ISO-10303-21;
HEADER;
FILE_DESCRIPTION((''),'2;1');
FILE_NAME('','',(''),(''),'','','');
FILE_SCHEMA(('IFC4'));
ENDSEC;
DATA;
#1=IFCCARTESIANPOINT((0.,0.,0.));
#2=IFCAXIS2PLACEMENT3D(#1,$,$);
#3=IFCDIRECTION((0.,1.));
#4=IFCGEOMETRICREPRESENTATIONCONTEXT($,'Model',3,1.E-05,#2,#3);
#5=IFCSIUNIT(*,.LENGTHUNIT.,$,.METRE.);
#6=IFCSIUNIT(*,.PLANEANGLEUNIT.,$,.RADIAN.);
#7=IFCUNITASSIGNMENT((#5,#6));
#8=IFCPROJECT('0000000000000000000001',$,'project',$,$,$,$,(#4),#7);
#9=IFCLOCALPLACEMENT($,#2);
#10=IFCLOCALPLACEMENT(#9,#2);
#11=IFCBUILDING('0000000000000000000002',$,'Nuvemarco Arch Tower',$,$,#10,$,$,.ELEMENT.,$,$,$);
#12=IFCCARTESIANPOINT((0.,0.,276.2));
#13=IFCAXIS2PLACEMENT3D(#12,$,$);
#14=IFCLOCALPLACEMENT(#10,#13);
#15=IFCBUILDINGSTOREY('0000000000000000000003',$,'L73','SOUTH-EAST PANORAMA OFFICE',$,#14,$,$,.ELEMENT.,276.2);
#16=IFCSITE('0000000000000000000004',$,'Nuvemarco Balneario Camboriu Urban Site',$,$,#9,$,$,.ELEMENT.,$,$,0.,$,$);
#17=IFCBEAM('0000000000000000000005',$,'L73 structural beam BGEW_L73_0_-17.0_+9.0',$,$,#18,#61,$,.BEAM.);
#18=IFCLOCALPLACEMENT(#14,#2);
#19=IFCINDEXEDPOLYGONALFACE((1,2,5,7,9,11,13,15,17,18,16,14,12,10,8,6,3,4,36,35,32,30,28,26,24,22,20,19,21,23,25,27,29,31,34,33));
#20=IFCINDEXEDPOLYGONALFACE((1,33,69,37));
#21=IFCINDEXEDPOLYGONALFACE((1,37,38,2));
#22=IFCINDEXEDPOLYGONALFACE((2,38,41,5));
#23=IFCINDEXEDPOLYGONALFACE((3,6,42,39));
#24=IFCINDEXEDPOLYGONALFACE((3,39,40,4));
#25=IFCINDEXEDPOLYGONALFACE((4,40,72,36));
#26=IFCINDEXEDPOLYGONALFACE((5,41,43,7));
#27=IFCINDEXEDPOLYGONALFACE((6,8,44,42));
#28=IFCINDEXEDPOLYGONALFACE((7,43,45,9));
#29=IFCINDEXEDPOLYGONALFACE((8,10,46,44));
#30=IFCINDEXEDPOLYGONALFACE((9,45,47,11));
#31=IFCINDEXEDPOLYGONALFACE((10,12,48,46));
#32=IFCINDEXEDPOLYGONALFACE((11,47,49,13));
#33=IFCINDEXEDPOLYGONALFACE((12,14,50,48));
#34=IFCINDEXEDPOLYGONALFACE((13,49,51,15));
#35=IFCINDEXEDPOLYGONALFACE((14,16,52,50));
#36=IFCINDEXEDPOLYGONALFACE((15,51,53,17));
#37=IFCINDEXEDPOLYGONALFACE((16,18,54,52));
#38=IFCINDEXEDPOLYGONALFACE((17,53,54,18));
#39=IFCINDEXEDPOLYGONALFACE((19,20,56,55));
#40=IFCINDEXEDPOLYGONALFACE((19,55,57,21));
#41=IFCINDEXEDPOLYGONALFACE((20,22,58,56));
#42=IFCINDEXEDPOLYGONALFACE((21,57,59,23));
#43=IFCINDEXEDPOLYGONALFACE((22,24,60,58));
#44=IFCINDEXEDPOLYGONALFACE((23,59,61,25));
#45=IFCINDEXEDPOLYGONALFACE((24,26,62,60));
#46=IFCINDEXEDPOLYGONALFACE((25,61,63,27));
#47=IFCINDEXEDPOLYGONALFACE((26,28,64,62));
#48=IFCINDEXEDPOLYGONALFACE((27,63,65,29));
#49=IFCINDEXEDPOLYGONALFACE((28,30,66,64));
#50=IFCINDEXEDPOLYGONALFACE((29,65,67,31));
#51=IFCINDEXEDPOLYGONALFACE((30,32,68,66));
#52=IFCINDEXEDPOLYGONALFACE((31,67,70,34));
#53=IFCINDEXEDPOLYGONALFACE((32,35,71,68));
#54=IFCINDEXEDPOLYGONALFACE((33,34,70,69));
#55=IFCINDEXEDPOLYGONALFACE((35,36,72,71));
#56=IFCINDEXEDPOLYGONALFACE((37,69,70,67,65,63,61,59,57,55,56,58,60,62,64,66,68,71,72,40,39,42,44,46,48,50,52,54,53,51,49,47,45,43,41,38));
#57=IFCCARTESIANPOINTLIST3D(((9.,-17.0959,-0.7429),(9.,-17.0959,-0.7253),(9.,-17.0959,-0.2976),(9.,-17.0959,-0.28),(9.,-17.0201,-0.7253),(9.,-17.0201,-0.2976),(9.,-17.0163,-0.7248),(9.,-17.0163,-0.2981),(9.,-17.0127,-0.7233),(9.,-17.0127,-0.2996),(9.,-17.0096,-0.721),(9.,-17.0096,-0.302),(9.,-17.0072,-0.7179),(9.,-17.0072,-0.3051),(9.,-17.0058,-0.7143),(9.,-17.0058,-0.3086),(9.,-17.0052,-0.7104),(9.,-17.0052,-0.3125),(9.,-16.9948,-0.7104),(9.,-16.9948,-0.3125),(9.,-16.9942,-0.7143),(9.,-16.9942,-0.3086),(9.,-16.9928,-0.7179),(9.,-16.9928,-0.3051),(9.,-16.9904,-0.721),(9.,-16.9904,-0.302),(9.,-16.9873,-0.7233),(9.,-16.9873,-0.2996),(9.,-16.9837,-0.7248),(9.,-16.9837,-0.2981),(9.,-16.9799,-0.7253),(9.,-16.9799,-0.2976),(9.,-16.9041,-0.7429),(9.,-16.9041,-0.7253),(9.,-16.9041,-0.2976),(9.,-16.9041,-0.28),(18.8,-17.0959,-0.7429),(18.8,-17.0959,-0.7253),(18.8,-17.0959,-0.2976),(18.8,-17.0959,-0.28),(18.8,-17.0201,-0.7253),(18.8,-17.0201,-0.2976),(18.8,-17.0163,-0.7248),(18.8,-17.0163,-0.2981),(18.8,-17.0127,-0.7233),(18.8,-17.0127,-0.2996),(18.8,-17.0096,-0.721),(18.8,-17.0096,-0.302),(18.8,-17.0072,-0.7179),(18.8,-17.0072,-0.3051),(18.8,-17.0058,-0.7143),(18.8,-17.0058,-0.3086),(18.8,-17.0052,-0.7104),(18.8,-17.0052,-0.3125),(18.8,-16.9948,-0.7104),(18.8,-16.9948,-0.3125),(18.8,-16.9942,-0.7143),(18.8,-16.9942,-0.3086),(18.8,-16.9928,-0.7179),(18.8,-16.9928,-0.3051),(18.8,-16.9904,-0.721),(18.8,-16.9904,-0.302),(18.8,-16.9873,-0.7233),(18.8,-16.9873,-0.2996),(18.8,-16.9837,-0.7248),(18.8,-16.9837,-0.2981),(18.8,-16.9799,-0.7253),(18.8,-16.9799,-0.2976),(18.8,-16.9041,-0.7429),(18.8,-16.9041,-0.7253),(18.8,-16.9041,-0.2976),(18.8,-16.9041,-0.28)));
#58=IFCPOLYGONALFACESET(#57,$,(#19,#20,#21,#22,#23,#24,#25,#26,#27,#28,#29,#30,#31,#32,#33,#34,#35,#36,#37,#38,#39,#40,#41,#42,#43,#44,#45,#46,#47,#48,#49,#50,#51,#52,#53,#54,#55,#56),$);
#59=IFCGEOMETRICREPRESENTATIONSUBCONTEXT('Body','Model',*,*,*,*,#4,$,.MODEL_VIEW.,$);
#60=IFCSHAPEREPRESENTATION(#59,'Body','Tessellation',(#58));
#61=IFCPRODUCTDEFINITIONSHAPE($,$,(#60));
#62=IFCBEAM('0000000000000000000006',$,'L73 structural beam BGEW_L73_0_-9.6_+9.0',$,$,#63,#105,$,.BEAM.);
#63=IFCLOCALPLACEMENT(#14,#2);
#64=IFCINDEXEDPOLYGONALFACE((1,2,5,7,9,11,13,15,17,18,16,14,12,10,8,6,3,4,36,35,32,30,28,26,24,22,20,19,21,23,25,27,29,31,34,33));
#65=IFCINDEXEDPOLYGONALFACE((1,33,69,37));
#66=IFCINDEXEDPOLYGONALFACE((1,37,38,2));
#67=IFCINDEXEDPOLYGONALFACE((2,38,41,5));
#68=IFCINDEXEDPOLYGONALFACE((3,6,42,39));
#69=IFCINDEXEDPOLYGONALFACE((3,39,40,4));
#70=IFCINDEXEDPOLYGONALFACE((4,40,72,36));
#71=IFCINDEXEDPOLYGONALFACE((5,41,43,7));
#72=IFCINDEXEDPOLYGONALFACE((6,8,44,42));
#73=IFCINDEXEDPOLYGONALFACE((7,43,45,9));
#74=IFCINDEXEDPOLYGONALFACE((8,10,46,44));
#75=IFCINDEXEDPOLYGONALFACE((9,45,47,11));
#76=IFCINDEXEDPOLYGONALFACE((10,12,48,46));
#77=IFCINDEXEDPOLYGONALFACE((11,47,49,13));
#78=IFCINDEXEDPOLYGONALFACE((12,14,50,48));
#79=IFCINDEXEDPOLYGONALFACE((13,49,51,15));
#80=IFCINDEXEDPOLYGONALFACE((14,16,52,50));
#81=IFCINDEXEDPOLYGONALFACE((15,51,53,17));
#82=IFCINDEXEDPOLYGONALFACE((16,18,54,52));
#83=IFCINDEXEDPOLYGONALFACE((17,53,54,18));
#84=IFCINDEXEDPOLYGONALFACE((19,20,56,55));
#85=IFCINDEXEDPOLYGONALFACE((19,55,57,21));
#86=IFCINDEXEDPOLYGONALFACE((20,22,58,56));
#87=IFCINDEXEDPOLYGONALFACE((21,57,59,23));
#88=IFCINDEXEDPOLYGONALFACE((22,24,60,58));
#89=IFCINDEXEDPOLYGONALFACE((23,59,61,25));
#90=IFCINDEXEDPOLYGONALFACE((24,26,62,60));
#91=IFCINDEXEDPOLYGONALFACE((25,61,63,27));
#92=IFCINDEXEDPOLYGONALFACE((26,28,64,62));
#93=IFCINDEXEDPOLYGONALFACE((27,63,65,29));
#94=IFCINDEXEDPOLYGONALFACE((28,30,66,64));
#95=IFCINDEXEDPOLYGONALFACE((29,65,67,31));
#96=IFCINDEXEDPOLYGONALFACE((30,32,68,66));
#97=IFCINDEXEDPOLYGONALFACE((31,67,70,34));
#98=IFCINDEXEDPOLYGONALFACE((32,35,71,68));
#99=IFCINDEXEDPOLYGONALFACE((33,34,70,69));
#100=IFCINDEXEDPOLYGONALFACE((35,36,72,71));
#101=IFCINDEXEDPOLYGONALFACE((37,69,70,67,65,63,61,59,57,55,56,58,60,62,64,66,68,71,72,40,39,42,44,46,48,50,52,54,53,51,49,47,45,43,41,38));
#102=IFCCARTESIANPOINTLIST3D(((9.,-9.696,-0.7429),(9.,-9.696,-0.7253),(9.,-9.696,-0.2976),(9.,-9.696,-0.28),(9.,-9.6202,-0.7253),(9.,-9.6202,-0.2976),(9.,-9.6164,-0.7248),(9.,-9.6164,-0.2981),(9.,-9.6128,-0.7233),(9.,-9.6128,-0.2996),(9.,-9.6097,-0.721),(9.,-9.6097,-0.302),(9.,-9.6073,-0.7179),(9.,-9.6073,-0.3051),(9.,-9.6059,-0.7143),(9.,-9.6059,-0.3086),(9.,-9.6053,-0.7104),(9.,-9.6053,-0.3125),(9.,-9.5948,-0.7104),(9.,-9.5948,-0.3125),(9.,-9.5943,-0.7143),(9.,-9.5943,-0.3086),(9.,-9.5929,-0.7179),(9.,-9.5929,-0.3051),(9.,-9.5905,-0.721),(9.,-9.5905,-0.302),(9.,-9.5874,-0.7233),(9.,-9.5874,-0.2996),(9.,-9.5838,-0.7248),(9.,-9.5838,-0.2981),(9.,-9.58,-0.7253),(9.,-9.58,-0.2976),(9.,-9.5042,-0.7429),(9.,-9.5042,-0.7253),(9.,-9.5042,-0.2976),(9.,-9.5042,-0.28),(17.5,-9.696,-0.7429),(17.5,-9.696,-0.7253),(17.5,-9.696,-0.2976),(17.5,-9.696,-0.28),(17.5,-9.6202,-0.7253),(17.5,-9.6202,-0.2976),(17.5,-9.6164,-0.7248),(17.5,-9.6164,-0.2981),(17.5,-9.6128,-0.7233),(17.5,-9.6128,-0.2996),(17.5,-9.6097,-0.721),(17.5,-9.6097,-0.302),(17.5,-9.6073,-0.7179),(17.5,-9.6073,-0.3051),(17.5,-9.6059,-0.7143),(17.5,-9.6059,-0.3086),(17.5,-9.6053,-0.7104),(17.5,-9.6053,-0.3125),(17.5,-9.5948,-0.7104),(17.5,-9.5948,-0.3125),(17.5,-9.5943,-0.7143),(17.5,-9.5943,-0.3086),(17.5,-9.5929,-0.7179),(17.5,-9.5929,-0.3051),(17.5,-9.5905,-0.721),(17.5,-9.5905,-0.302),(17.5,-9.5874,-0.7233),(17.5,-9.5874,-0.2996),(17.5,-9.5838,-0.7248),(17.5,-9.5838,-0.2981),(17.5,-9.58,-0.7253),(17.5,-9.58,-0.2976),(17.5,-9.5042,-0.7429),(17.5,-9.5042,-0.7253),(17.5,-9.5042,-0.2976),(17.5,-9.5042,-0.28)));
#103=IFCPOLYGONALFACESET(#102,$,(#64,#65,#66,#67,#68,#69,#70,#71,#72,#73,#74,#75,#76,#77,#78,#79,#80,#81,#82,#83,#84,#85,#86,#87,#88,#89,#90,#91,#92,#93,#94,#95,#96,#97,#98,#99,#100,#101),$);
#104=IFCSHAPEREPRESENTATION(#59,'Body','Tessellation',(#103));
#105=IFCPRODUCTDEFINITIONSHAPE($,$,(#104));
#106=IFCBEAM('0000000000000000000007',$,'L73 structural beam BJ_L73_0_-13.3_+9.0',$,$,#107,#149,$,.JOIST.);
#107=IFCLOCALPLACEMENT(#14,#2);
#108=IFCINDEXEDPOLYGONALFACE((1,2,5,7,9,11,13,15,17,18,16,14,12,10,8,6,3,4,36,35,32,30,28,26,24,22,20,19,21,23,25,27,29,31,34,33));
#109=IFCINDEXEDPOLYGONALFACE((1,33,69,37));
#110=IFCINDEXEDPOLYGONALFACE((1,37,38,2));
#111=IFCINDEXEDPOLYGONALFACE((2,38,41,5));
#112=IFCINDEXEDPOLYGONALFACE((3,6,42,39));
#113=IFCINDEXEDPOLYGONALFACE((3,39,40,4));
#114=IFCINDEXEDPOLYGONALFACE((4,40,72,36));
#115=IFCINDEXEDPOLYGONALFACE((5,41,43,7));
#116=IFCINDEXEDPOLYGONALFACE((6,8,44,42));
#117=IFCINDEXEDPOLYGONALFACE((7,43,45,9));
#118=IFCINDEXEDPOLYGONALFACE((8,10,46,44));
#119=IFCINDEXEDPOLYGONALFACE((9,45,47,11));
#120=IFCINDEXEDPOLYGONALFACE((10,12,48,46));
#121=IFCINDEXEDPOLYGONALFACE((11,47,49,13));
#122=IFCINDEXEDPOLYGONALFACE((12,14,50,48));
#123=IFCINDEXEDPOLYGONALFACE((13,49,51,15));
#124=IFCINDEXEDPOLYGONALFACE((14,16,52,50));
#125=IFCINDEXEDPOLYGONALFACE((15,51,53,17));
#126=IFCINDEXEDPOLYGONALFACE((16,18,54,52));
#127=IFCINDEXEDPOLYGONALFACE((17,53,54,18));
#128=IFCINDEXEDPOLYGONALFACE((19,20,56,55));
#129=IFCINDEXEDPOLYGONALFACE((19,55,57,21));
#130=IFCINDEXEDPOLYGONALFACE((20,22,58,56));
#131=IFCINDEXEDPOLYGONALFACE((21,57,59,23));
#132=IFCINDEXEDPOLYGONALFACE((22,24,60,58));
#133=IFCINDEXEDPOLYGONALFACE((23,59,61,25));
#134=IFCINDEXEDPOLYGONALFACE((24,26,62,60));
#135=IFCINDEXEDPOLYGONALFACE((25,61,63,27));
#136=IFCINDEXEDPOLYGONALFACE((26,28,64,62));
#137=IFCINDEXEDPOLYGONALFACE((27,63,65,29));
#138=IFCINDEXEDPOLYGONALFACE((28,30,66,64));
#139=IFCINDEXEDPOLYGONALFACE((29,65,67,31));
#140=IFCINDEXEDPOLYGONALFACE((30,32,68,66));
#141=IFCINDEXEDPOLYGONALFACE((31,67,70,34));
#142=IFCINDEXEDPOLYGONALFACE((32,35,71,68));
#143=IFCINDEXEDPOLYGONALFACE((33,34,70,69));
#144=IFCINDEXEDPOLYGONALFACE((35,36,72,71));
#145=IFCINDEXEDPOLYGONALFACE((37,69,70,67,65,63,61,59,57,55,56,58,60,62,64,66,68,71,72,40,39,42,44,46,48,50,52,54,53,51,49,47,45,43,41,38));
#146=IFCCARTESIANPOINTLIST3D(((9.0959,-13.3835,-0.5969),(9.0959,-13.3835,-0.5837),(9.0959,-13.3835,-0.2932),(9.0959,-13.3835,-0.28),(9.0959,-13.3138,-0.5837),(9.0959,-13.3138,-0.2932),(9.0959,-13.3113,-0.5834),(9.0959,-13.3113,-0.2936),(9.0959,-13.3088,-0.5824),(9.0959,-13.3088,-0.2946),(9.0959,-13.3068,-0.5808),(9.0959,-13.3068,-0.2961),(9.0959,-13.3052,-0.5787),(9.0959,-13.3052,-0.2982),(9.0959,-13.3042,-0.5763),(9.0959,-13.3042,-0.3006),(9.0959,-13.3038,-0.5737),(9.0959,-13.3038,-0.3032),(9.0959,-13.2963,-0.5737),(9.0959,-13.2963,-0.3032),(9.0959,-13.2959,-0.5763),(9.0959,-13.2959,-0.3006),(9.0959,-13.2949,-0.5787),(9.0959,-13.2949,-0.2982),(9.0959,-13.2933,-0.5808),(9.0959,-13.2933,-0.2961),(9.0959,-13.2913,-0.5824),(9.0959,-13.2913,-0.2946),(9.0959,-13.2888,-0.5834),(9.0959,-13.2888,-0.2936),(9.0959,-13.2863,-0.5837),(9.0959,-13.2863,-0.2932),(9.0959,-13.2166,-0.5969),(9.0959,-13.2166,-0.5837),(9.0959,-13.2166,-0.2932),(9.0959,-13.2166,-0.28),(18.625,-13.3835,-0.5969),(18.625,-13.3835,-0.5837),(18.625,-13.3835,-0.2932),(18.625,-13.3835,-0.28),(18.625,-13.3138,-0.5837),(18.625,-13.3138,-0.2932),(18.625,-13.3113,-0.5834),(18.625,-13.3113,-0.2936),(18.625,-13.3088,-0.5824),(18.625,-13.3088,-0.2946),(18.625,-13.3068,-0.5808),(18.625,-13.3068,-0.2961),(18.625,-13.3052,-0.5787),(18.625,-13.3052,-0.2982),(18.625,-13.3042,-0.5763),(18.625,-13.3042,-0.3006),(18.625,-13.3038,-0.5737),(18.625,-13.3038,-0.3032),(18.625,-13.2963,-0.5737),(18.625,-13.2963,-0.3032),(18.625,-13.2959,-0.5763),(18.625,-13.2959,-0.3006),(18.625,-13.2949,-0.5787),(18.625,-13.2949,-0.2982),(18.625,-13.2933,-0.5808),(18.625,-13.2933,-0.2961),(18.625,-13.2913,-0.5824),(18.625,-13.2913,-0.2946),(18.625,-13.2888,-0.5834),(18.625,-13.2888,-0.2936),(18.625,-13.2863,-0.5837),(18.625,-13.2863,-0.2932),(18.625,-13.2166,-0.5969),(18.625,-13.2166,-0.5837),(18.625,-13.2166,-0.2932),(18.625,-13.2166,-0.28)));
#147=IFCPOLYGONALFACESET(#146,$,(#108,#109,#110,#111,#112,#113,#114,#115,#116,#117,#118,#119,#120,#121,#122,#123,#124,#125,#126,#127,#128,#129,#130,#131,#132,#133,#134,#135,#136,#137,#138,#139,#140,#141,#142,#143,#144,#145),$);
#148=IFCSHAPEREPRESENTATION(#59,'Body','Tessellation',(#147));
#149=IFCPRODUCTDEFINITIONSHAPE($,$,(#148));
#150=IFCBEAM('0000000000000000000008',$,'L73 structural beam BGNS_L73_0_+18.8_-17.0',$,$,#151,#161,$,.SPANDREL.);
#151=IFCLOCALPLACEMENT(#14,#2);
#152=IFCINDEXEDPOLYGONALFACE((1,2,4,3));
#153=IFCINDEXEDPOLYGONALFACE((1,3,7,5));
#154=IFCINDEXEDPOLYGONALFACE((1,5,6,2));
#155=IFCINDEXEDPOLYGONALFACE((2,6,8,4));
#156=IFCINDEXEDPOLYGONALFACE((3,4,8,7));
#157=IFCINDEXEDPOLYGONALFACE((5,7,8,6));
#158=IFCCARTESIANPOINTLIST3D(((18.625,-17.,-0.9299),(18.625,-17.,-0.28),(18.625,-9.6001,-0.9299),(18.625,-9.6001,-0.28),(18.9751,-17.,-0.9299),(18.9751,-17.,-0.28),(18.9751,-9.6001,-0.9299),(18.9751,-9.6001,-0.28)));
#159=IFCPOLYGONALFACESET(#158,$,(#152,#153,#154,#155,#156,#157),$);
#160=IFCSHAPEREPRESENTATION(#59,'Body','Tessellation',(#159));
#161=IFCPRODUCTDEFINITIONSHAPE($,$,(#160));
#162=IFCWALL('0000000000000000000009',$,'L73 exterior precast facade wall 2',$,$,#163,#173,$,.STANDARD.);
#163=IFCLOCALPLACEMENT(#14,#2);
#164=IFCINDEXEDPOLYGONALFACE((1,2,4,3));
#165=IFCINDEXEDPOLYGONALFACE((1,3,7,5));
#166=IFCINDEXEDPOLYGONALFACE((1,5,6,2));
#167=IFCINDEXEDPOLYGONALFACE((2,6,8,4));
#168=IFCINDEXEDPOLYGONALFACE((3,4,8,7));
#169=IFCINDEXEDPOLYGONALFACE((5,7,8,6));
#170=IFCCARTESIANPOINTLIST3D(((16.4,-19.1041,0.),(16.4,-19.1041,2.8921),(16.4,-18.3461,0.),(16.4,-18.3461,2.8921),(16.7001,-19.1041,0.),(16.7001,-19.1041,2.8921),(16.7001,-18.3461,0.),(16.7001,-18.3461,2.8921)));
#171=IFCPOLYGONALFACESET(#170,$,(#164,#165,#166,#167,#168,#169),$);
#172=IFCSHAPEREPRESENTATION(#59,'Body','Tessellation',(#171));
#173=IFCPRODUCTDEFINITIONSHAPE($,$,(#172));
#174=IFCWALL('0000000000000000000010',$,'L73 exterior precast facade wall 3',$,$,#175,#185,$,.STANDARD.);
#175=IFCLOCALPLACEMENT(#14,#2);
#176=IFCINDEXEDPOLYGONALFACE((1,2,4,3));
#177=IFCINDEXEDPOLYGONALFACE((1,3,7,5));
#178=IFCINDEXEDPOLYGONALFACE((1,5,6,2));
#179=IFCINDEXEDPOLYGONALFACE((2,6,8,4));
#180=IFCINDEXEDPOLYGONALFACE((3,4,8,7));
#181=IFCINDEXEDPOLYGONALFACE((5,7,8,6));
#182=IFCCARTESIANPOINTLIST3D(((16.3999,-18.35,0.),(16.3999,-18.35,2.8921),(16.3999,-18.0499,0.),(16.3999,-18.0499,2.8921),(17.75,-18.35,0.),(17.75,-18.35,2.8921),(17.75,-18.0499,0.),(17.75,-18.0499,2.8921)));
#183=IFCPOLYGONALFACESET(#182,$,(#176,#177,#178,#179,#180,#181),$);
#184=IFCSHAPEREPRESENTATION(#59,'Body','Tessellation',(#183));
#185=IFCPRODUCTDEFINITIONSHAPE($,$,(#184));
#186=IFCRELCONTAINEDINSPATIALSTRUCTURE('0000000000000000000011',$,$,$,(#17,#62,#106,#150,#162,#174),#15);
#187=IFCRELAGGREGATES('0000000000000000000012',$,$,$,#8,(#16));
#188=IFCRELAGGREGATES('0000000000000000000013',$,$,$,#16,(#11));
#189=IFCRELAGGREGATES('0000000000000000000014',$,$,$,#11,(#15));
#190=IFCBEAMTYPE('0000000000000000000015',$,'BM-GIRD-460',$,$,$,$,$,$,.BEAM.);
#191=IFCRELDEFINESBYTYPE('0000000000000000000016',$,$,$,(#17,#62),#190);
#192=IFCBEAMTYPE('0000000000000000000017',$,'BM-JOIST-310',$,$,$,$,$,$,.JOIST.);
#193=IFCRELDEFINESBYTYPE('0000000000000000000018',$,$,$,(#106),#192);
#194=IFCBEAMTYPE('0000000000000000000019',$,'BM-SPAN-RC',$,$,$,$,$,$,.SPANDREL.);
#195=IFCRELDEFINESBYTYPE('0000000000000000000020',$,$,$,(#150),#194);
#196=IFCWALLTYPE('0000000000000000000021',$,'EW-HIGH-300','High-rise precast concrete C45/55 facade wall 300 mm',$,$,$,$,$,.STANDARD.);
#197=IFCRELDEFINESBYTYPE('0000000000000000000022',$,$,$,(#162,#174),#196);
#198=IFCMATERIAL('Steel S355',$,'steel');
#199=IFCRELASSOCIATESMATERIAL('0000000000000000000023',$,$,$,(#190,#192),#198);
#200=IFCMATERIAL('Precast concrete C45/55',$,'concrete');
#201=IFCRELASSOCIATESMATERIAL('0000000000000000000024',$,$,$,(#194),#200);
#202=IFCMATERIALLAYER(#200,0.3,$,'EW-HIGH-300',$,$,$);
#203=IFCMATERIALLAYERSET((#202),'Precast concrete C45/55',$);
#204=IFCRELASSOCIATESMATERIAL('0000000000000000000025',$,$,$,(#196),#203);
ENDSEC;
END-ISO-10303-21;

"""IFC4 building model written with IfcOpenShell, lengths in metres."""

from ifc_helpers import new_model, si_unit, direction, frame, frame_2d, origin, origin_2d, place, context, subcontext, project, spatial, rectangle, i_section, extrude, material, layer, layer_set, material_profile, profile_set, type_object, element, save


model = new_model("IFC4")

# Units and contexts
model_context = context("Model", 3, precision=1e-05, world=origin(), true_north=direction((0.0, 1.0)))
body_context = subcontext(model_context, "Body", "Model", "MODEL_VIEW")
ifc_project = project(units=[si_unit("LENGTHUNIT", "METRE"), si_unit("PLANEANGLEUNIT", "RADIAN")], contexts=[model_context])

# Site, building, storey
site_placement = place(None, origin())
site = spatial("IfcSite", under=ifc_project, at=site_placement, Name="Nuvemarco Balneario Camboriu Urban Site", CompositionType="ELEMENT", RefElevation=0.0)
building_placement = place(site_placement, origin())
building = spatial("IfcBuilding", under=site, at=building_placement, Name="Nuvemarco Arch Tower", CompositionType="ELEMENT")
storey_placement = place(building_placement, frame((0.0, 0.0, 276.2)))
storey = spatial("IfcBuildingStorey", under=building, at=storey_placement, Name="L73", Description="SOUTH-EAST PANORAMA OFFICE", CompositionType="ELEMENT", Elevation=276.2)

# Shared definitions
ifc_material_1 = material(Name="Steel S355", Category="steel")

# Beams
ifc_material_profile_1 = material_profile(ifc_material_1, i_section(OverallWidth=0.1919, OverallDepth=0.4629, WebThickness=0.0105, FlangeThickness=0.0176, FilletRadius=0.0149, at=origin_2d()), Name="W460x89")
ifc_profile_set_1 = profile_set([ifc_material_profile_1], Name="Steel S355")
beam_type_1 = type_object("IfcBeamType", Name="BM-GIRD-460", PredefinedType="BEAM", material=ifc_profile_set_1)
beam_1_placement = place(storey_placement, frame((9.0, -17.0, -0.5115), z_axis=(1.0, 0.0, 0.0), x_axis=(0.0, 1.0, 0.0)))
element("IfcBeam", 1, at=beam_1_placement, inside=storey, type_object=beam_type_1, Name="L73 structural beam BGEW_L73_0_-17.0_+9.0", PredefinedType="BEAM", context=body_context, shape_type="SweptSolid", body=[
    extrude(i_section(OverallWidth=0.1919, OverallDepth=0.4629, WebThickness=0.0105, FlangeThickness=0.0176, FilletRadius=0.0149, at=origin_2d()), origin(), (0.0, 0.0, 1.0), 9.8),
])
beam_2_placement = place(storey_placement, frame((9.0, -9.6001, -0.5115), z_axis=(1.0, 0.0, 0.0), x_axis=(0.0, 1.0, 0.0)))
element("IfcBeam", 2, at=beam_2_placement, inside=storey, type_object=beam_type_1, Name="L73 structural beam BGEW_L73_0_-9.6_+9.0", PredefinedType="BEAM", context=body_context, shape_type="SweptSolid", body=[
    extrude(i_section(OverallWidth=0.1919, OverallDepth=0.4629, WebThickness=0.0105, FlangeThickness=0.0176, FilletRadius=0.0149, at=origin_2d()), origin(), (0.0, 0.0, 1.0), 8.5),
])
ifc_material_profile_2 = material_profile(ifc_material_1, i_section(OverallWidth=0.167, OverallDepth=0.3169, WebThickness=0.0076, FlangeThickness=0.0132, FilletRadius=0.01, at=origin_2d()), Name="W310x52")
ifc_profile_set_2 = profile_set([ifc_material_profile_2], Name="Steel S355")
beam_type_2 = type_object("IfcBeamType", Name="BM-JOIST-310", PredefinedType="JOIST", material=ifc_profile_set_2)
beam_3_placement = place(storey_placement, frame((9.0959, -13.3, -0.4385), z_axis=(1.0, 0.0, 0.0), x_axis=(0.0, 1.0, 0.0)))
element("IfcBeam", 3, at=beam_3_placement, inside=storey, type_object=beam_type_2, Name="L73 structural beam BJ_L73_0_-13.3_+9.0", PredefinedType="JOIST", context=body_context, shape_type="SweptSolid", body=[
    extrude(i_section(OverallWidth=0.167, OverallDepth=0.3169, WebThickness=0.0076, FlangeThickness=0.0132, FilletRadius=0.01, at=origin_2d()), origin(), (0.0, 0.0, 1.0), 9.5291),
])
ifc_material_2 = material(Name="Precast concrete C45/55", Category="concrete")
ifc_material_profile_3 = material_profile(ifc_material_2, rectangle(XDim=0.3501, YDim=0.6499, at=origin_2d()), Name="PC-SP-350x650")
ifc_profile_set_3 = profile_set([ifc_material_profile_3], Name="Precast concrete C45/55")
beam_type_3 = type_object("IfcBeamType", Name="BM-SPAN-RC", PredefinedType="SPANDREL", material=ifc_profile_set_3)
beam_4_placement = place(storey_placement, frame((18.8, -17.0, -0.605), z_axis=(0.0, 1.0, 0.0), x_axis=(-1.0, 0.0, 0.0)))
element("IfcBeam", 4, at=beam_4_placement, inside=storey, type_object=beam_type_3, Name="L73 structural beam BGNS_L73_0_+18.8_-17.0", PredefinedType="SPANDREL", context=body_context, shape_type="SweptSolid", body=[
    extrude(rectangle(XDim=0.3501, YDim=0.6499, at=origin_2d()), origin(), (0.0, 0.0, 1.0), 7.3999),
])

# Walls
ifc_layer_1 = layer(ifc_material_2, 0.3, Name="EW-HIGH-300")
ifc_layer_set_1 = layer_set([ifc_layer_1], Name="Precast concrete C45/55")
wall_type_1 = type_object("IfcWallType", Name="EW-HIGH-300", Description="High-rise precast concrete C45/55 facade wall 300 mm", PredefinedType="STANDARD", material=ifc_layer_set_1)
wall_1_placement = place(storey_placement, frame((16.55, -19.104, 0.0), z_axis=(0.0, 0.0, 1.0), x_axis=(0.0, 1.0, 0.0)))
element("IfcWall", 5, at=wall_1_placement, inside=storey, type_object=wall_type_1, Name="L73 exterior precast facade wall 2", PredefinedType="STANDARD", context=body_context, shape_type="SweptSolid", body=[
    extrude(rectangle(XDim=0.7581, YDim=0.3, at=frame_2d((0.3789, 0.0))), origin(), (0.0, 0.0, 1.0), 2.8921),
])
wall_2_placement = place(storey_placement, frame((16.3999, -18.2, 0.0), z_axis=(0.0, 0.0, 1.0), x_axis=(1.0, 0.0, 0.0)))
element("IfcWall", 6, at=wall_2_placement, inside=storey, type_object=wall_type_1, Name="L73 exterior precast facade wall 3", PredefinedType="STANDARD", context=body_context, shape_type="SweptSolid", body=[
    extrude(rectangle(XDim=1.3501, YDim=0.3, at=frame_2d((0.675, 0.0))), origin(), (0.0, 0.0, 1.0), 2.8921),
])

save(model, "model.ifc")
